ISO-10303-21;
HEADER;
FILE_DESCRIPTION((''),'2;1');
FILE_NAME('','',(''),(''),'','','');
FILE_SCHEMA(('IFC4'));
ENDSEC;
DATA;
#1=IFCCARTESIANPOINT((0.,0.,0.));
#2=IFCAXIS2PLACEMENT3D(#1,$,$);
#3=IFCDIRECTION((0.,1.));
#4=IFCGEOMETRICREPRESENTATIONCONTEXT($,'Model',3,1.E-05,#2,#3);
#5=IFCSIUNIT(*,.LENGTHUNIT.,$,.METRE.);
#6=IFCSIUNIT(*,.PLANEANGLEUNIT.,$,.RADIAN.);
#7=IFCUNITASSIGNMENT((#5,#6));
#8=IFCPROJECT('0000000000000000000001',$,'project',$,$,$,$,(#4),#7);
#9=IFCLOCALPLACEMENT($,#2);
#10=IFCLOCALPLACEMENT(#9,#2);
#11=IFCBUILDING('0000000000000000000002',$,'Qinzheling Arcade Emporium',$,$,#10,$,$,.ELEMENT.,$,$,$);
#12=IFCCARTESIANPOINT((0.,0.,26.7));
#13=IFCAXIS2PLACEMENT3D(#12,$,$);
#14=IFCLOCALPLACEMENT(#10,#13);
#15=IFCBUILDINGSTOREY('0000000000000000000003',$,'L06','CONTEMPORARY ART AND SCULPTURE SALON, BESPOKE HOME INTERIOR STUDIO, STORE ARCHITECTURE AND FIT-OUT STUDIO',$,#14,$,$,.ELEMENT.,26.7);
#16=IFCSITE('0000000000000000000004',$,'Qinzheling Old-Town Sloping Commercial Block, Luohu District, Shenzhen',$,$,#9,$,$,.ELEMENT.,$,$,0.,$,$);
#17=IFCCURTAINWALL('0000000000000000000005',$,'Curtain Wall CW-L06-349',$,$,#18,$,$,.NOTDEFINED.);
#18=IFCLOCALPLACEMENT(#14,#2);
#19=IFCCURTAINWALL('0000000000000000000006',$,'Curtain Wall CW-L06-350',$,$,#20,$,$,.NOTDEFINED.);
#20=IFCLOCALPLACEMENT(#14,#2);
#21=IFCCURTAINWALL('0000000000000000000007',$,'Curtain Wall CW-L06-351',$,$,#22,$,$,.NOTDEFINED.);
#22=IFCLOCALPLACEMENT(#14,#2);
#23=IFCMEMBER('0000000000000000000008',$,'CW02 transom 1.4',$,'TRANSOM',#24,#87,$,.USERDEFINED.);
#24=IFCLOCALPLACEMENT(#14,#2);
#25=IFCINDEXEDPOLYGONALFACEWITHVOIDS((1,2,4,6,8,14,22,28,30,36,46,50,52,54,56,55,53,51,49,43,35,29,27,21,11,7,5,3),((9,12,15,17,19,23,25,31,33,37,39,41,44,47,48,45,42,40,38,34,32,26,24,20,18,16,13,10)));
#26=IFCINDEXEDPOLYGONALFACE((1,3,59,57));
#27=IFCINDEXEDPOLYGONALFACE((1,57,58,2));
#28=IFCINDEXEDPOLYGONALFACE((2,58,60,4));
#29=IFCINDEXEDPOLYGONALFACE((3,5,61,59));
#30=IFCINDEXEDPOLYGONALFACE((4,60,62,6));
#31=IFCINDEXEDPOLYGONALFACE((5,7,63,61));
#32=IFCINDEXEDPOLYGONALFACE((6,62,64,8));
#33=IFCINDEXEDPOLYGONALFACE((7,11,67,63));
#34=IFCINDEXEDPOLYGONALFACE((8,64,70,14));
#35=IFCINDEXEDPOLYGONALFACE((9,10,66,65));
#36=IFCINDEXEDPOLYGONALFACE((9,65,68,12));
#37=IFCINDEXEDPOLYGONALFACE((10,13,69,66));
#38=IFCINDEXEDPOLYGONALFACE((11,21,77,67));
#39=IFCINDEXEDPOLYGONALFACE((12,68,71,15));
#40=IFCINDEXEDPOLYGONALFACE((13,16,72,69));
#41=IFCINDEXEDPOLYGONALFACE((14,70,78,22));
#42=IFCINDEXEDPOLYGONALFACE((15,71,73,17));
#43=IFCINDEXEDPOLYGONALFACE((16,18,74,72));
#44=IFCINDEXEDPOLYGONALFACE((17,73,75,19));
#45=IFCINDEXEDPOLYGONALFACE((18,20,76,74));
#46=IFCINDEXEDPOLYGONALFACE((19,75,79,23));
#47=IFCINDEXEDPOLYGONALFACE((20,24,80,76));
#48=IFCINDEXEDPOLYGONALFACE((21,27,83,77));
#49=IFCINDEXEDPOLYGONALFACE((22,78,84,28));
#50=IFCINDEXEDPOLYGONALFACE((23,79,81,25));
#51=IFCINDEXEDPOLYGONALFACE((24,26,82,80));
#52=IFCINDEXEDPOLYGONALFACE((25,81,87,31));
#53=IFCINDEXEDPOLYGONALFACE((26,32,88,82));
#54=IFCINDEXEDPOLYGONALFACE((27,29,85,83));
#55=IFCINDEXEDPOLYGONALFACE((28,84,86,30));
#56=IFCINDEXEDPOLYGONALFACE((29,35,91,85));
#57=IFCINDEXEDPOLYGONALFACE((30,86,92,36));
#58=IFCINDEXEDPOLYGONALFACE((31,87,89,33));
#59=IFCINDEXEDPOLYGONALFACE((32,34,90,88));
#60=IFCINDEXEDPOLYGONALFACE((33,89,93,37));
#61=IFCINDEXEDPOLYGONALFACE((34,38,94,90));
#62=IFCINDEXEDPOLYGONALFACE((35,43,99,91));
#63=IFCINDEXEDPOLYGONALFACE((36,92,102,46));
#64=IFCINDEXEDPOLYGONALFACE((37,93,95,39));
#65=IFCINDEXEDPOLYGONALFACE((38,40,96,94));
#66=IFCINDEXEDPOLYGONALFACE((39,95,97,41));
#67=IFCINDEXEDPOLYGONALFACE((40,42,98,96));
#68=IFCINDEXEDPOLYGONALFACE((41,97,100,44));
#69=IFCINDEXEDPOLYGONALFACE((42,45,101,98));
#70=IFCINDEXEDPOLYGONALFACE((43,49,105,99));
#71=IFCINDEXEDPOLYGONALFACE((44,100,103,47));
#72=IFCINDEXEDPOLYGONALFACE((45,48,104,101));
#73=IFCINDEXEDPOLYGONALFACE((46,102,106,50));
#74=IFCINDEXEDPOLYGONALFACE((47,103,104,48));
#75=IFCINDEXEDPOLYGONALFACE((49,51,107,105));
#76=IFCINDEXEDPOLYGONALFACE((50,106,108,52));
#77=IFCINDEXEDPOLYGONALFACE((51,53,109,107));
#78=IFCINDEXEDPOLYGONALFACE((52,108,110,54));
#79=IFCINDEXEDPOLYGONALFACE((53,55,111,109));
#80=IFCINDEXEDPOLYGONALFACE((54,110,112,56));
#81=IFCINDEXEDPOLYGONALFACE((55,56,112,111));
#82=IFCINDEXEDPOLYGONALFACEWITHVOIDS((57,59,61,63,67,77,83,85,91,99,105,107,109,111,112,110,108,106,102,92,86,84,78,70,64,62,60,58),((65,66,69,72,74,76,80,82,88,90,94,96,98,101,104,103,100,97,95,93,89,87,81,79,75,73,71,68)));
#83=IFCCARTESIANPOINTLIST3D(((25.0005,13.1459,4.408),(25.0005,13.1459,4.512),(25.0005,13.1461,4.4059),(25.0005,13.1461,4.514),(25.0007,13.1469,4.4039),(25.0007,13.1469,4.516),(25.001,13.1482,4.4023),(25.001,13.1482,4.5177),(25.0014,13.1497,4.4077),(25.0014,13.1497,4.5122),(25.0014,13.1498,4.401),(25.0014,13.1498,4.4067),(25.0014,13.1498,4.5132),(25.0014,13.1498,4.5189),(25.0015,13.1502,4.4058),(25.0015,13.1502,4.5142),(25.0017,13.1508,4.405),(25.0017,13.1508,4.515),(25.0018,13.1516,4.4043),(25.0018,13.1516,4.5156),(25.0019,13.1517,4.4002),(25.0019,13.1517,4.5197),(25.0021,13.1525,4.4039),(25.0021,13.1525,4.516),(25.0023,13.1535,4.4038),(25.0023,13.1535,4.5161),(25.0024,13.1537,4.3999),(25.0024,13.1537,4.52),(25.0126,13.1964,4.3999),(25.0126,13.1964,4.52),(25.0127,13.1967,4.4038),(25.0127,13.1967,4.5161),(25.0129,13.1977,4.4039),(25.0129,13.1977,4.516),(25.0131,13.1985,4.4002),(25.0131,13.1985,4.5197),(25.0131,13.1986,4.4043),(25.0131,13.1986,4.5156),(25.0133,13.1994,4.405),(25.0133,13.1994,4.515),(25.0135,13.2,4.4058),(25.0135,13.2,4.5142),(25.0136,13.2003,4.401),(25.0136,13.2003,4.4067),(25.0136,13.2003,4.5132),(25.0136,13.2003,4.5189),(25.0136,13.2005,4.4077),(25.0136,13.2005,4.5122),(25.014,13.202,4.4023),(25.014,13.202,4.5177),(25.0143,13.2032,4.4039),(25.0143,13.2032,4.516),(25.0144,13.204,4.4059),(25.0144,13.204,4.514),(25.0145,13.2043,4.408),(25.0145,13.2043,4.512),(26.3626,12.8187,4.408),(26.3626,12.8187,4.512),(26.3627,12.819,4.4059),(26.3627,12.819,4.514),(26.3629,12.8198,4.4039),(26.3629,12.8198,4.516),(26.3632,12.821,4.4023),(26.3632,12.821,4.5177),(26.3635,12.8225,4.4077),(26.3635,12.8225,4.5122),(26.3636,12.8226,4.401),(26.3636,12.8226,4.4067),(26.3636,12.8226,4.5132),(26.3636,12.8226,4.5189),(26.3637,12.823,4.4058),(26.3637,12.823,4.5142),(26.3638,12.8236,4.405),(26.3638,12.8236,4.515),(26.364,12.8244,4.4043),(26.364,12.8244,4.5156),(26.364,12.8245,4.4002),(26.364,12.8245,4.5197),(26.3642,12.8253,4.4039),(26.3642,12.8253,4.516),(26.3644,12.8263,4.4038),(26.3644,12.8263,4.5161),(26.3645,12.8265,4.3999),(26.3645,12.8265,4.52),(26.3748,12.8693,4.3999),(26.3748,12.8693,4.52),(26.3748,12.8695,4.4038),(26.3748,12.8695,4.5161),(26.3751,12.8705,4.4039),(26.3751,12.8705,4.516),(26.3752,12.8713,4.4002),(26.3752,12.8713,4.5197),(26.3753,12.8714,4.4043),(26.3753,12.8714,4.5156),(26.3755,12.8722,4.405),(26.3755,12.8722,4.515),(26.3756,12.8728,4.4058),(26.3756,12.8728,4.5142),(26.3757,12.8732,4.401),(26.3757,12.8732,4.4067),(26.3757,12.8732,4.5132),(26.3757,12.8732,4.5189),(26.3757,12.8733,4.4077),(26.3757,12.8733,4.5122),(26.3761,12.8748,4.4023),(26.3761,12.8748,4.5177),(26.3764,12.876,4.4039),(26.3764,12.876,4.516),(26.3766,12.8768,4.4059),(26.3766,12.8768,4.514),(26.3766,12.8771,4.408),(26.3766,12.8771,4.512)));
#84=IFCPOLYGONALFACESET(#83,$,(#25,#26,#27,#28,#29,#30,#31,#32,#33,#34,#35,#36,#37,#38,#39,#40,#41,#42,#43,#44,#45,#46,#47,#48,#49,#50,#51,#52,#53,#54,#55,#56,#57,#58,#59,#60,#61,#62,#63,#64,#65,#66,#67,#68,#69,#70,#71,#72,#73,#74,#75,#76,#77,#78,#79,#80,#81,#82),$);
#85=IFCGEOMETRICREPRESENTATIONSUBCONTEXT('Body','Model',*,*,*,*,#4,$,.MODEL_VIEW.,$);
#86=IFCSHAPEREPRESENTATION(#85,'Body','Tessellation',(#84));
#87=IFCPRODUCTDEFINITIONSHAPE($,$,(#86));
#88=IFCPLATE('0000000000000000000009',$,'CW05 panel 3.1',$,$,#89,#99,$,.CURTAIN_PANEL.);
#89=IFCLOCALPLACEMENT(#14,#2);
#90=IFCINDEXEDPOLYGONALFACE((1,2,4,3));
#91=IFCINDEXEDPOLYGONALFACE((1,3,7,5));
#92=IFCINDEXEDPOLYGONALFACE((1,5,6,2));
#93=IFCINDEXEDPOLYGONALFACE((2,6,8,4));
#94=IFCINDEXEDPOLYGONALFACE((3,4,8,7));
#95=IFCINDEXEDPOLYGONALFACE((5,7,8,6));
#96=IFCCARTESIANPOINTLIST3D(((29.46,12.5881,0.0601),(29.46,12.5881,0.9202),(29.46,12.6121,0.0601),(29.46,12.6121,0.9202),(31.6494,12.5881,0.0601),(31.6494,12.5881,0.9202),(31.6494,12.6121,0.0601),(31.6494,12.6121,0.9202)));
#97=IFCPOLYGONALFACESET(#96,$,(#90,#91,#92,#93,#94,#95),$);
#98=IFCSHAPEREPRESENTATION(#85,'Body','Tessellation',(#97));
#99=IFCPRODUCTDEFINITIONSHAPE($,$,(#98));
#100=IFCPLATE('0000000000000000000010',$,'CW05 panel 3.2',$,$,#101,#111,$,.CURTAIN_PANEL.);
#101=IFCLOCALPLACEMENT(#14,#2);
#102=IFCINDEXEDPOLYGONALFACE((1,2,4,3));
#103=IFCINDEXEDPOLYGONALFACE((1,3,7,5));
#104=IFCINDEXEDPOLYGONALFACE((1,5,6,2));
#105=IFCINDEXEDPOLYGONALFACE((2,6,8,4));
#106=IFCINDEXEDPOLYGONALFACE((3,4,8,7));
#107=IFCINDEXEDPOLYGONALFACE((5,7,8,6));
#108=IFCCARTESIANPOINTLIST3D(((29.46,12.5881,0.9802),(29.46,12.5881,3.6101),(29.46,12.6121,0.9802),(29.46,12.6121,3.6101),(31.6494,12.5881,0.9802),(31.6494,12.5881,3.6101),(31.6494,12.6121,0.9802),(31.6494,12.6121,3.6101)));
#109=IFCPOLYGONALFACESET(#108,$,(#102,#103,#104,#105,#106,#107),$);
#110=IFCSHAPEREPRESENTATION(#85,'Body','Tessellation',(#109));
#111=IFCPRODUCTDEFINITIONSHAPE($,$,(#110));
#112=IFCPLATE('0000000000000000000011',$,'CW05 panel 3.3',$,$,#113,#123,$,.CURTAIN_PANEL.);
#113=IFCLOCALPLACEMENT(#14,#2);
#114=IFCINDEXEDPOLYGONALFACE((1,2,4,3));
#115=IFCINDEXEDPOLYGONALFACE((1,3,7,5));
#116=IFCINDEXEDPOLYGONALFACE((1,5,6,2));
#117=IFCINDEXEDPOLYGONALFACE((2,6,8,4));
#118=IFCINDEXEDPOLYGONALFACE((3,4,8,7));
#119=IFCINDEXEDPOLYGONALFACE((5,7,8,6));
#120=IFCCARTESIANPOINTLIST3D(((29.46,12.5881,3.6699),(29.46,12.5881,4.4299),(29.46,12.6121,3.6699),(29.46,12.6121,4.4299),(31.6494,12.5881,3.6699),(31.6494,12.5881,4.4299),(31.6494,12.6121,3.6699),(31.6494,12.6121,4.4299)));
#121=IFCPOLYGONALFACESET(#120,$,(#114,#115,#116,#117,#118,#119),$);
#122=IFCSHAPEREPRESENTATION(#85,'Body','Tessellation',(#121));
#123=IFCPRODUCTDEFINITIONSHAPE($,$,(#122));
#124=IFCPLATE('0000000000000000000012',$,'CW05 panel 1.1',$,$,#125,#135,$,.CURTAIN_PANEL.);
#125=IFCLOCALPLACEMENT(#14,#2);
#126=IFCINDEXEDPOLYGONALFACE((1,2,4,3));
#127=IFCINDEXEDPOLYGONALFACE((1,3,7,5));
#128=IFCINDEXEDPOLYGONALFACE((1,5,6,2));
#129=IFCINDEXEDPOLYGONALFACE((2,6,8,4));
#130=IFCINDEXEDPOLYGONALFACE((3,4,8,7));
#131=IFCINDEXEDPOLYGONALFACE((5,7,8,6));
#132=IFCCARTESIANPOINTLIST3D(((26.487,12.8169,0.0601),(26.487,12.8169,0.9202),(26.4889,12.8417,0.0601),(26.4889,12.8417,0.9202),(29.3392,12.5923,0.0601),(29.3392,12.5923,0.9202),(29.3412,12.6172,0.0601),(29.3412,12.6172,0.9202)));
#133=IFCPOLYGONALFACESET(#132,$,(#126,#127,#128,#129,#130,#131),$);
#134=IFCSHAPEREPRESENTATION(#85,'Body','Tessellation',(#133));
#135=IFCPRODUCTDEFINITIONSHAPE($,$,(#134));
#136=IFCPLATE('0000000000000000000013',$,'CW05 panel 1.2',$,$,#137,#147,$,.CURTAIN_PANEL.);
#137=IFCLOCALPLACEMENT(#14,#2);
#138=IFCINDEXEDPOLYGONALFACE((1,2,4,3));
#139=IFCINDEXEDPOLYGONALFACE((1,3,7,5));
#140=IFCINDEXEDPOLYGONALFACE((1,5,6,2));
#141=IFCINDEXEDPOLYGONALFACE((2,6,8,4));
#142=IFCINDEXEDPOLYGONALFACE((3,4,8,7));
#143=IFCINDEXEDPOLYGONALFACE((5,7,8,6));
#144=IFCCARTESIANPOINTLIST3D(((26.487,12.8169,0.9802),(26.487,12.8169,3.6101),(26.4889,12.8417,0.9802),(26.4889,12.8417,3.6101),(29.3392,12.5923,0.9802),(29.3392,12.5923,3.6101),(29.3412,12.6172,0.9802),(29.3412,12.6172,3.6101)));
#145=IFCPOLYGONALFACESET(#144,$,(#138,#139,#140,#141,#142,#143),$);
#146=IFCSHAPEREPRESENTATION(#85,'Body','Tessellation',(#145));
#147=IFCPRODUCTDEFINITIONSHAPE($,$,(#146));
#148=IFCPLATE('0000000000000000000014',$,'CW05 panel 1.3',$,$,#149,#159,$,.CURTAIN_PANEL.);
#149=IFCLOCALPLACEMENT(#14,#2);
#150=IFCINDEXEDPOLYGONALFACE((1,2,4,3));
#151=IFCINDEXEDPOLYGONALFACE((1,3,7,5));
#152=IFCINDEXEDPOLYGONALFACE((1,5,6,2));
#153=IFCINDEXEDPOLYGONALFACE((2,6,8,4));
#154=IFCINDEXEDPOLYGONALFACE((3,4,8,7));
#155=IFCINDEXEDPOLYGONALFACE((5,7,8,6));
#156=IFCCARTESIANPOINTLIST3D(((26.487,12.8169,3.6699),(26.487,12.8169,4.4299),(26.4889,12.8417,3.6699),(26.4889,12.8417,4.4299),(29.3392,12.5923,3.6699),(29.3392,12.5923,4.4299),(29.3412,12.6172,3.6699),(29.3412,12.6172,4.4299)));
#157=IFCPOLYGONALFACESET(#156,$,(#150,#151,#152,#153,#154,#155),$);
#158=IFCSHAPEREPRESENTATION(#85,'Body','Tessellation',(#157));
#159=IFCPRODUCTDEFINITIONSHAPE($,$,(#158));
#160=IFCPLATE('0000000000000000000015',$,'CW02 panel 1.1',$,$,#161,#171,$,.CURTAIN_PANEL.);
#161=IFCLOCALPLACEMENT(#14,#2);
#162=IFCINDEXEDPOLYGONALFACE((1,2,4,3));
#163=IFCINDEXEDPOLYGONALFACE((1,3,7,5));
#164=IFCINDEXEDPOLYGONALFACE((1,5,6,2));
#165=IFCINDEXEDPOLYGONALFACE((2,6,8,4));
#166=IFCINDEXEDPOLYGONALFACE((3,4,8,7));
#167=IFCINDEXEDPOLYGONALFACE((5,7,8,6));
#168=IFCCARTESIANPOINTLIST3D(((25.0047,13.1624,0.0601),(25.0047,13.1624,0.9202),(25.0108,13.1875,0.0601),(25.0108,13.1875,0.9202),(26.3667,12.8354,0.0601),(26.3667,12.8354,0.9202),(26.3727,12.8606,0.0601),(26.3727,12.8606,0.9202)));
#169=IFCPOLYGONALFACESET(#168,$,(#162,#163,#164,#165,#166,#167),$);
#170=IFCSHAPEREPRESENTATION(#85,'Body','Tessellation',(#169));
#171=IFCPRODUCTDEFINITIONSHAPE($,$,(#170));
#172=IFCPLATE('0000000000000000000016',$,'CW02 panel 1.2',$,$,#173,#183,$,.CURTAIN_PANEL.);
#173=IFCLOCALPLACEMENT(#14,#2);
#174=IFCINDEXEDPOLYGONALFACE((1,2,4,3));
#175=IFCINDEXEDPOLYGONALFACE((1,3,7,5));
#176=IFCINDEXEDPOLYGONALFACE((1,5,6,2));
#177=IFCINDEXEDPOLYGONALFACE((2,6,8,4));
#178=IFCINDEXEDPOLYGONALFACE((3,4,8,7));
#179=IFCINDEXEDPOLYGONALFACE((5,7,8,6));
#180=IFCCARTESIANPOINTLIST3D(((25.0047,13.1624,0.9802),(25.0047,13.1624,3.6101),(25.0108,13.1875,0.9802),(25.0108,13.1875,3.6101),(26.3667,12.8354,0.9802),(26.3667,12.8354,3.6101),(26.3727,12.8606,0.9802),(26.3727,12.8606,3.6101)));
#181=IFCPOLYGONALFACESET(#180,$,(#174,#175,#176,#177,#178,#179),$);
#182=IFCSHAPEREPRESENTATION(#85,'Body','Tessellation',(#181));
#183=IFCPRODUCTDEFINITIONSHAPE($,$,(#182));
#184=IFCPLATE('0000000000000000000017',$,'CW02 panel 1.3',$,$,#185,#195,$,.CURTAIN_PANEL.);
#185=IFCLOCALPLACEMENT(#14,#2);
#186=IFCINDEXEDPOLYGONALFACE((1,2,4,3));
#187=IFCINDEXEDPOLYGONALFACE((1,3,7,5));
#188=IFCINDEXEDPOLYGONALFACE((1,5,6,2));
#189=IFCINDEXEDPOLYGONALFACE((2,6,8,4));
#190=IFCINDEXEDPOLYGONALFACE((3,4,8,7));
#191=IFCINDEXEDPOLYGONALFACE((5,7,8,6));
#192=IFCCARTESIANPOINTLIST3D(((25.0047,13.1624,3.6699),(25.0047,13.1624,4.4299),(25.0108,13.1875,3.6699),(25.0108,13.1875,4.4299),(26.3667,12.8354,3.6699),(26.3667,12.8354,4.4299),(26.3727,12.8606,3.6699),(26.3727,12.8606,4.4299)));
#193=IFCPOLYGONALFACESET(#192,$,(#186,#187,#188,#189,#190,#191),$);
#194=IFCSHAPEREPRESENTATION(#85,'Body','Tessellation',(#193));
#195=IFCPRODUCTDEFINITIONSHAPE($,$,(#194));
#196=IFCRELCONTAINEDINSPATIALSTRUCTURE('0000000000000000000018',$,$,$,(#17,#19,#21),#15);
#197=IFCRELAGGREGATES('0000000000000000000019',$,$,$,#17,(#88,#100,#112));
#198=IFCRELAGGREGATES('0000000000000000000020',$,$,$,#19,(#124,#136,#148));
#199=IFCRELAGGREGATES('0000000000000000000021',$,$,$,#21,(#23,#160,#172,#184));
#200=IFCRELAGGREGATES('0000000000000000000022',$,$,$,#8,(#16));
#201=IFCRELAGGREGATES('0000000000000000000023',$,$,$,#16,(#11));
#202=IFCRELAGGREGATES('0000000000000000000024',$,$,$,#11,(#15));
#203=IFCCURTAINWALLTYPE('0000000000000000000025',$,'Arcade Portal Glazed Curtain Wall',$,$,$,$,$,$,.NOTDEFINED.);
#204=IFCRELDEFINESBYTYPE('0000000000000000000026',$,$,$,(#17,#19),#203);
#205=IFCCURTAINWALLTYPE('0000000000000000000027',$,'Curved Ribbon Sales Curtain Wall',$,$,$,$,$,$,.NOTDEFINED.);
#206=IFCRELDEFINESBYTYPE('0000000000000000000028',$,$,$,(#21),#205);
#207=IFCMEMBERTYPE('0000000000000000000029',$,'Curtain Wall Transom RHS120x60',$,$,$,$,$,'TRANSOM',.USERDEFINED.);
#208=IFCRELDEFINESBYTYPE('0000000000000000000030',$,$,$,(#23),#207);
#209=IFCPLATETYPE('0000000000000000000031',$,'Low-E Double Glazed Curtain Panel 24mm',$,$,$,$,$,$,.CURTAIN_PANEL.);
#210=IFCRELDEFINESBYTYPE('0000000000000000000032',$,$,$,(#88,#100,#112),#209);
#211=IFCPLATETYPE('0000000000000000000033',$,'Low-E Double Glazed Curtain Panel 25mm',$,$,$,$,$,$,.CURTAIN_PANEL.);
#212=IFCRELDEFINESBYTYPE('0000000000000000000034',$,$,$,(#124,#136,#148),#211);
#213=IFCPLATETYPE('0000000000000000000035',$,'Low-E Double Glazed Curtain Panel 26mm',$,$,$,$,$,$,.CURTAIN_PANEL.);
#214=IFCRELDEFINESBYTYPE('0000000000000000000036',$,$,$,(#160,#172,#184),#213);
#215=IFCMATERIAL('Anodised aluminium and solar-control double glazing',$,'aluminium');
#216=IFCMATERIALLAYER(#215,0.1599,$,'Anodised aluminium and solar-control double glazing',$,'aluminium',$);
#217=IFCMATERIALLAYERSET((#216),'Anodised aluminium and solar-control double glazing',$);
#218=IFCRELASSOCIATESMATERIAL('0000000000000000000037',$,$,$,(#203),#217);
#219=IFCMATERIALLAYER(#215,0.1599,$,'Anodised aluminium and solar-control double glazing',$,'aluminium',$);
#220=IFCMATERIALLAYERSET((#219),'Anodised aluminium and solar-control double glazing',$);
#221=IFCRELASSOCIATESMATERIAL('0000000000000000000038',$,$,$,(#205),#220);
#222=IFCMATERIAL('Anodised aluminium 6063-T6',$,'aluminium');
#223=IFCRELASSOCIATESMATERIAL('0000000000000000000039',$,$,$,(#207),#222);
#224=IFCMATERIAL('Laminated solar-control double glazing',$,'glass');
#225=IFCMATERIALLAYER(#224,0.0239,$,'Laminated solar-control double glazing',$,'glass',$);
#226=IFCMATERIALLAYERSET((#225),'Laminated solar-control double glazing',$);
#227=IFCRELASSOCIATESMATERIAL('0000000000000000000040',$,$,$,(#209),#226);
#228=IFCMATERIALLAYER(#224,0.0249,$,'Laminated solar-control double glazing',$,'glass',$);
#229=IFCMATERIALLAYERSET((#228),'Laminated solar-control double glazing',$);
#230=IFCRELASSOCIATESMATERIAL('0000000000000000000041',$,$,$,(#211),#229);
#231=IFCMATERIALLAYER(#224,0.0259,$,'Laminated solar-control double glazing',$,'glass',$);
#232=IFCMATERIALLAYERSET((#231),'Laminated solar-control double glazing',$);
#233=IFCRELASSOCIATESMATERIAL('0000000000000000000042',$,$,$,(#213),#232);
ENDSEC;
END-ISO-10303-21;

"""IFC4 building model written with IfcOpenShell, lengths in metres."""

from ifc_helpers import new_model, si_unit, direction, frame, origin, origin_2d, place, context, subcontext, project, spatial, rectangle, hollow_rectangle, extrude, material, layer, layer_set, material_profile, profile_set, type_object, element, aggregate, save


model = new_model("IFC4")

# Units and contexts
model_context = context("Model", 3, precision=1e-05, world=origin(), true_north=direction((0.0, 1.0)))
body_context = subcontext(model_context, "Body", "Model", "MODEL_VIEW")
ifc_project = project(units=[si_unit("LENGTHUNIT", "METRE"), si_unit("PLANEANGLEUNIT", "RADIAN")], contexts=[model_context])

# Site, building, storey
site_placement = place(None, origin())
site = spatial("IfcSite", under=ifc_project, at=site_placement, Name="Qinzheling Old-Town Sloping Commercial Block, Luohu District, Shenzhen", CompositionType="ELEMENT", RefElevation=0.0)
building_placement = place(site_placement, origin())
building = spatial("IfcBuilding", under=site, at=building_placement, Name="Qinzheling Arcade Emporium", CompositionType="ELEMENT")
storey_placement = place(building_placement, frame((0.0, 0.0, 26.7)))
storey = spatial("IfcBuildingStorey", under=building, at=storey_placement, Name="L06", Description="CONTEMPORARY ART AND SCULPTURE SALON, BESPOKE HOME INTERIOR STUDIO, STORE ARCHITECTURE AND FIT-OUT STUDIO", CompositionType="ELEMENT", Elevation=26.7)

# Curtain walls
ifc_material_1 = material(Name="Anodised aluminium and solar-control double glazing", Category="aluminium")
ifc_layer_1 = layer(ifc_material_1, 0.1599, Name="Anodised aluminium and solar-control double glazing", Category="aluminium")
ifc_layer_set_1 = layer_set([ifc_layer_1], Name="Anodised aluminium and solar-control double glazing")
curtain_wall_type_1 = type_object("IfcCurtainWallType", Name="Arcade Portal Glazed Curtain Wall", PredefinedType="NOTDEFINED", material=ifc_layer_set_1)
curtain_wall_1_placement = place(storey_placement, origin())
curtain_wall_1 = element("IfcCurtainWall", 1, at=curtain_wall_1_placement, inside=storey, type_object=curtain_wall_type_1, Name="Curtain Wall CW-L06-349", PredefinedType="NOTDEFINED")
ifc_material_2 = material(Name="Anodised aluminium 6063-T6", Category="aluminium")
curtain_wall_2_placement = place(storey_placement, origin())
curtain_wall_2 = element("IfcCurtainWall", 2, at=curtain_wall_2_placement, inside=storey, type_object=curtain_wall_type_1, Name="Curtain Wall CW-L06-350", PredefinedType="NOTDEFINED")

# Curtain wall
ifc_layer_2 = layer(ifc_material_1, 0.1599, Name="Anodised aluminium and solar-control double glazing", Category="aluminium")
ifc_layer_set_2 = layer_set([ifc_layer_2], Name="Anodised aluminium and solar-control double glazing")
curtain_wall_type_2 = type_object("IfcCurtainWallType", Name="Curved Ribbon Sales Curtain Wall", PredefinedType="NOTDEFINED", material=ifc_layer_set_2)
curtain_wall_3_placement = place(storey_placement, origin())
curtain_wall_3 = element("IfcCurtainWall", 3, at=curtain_wall_3_placement, inside=storey, type_object=curtain_wall_type_2, Name="Curtain Wall CW-L06-351", PredefinedType="NOTDEFINED")

# Member
ifc_material_profile_1 = material_profile(ifc_material_2, hollow_rectangle(XDim=0.0601, YDim=0.1201, WallThickness=0.0039, InnerFilletRadius=0.0039, OuterFilletRadius=0.0081, at=origin_2d()), Name="RHS 120x60x4", Category="aluminium")
ifc_profile_set_1 = profile_set([ifc_material_profile_1], Name="Anodised aluminium 6063-T6")
member_type_1 = type_object("IfcMemberType", Name="Curtain Wall Transom RHS120x60", ElementType="TRANSOM", PredefinedType="USERDEFINED", material=ifc_profile_set_1)
member_1_placement = place(storey_placement, frame((26.3696, 12.8479, 4.46), z_axis=(-0.972346, 0.233544, 0.0), x_axis=(-0.233544, -0.972346, 0.0)))
member_1 = element("IfcMember", 4, at=member_1_placement, type_object=member_type_1, Name="CW02 transom 1.4", ObjectType="TRANSOM", PredefinedType="USERDEFINED", context=body_context, shape_type="SweptSolid", body=[
    extrude(hollow_rectangle(XDim=0.0601, YDim=0.1201, WallThickness=0.0039, InnerFilletRadius=0.0039, OuterFilletRadius=0.0081, at=origin_2d()), origin(), (0.0, 0.0, 1.0), 1.4009),
])

# Plates
ifc_material_3 = material(Name="Laminated solar-control double glazing", Category="glass")
ifc_layer_3 = layer(ifc_material_3, 0.0239, Name="Laminated solar-control double glazing", Category="glass")
ifc_layer_set_3 = layer_set([ifc_layer_3], Name="Laminated solar-control double glazing")
plate_type_1 = type_object("IfcPlateType", Name="Low-E Double Glazed Curtain Panel 24mm", PredefinedType="CURTAIN_PANEL", material=ifc_layer_set_3)
plate_1_placement = place(storey_placement, frame((30.5547, 12.6001, 0.0601), z_axis=(0.0, 0.0, 1.0), x_axis=(-1.0, 0.0, 0.0)))
plate_1 = element("IfcPlate", 5, at=plate_1_placement, type_object=plate_type_1, Name="CW05 panel 3.1", PredefinedType="CURTAIN_PANEL", context=body_context, shape_type="SweptSolid", body=[
    extrude(rectangle(XDim=2.1895, YDim=0.0239, at=origin_2d()), origin(), (0.0, 0.0, 1.0), 0.8601),
])
plate_2_placement = place(storey_placement, frame((30.5547, 12.6001, 0.9802), z_axis=(0.0, 0.0, 1.0), x_axis=(-1.0, 0.0, 0.0)))
plate_2 = element("IfcPlate", 6, at=plate_2_placement, type_object=plate_type_1, Name="CW05 panel 3.2", PredefinedType="CURTAIN_PANEL", context=body_context, shape_type="SweptSolid", body=[
    extrude(rectangle(XDim=2.1895, YDim=0.0239, at=origin_2d()), origin(), (0.0, 0.0, 1.0), 2.6299),
])
plate_3_placement = place(storey_placement, frame((30.5547, 12.6001, 3.6699), z_axis=(0.0, 0.0, 1.0), x_axis=(-1.0, 0.0, 0.0)))
plate_3 = element("IfcPlate", 7, at=plate_3_placement, type_object=plate_type_1, Name="CW05 panel 3.3", PredefinedType="CURTAIN_PANEL", context=body_context, shape_type="SweptSolid", body=[
    extrude(rectangle(XDim=2.1895, YDim=0.0239, at=origin_2d()), origin(), (0.0, 0.0, 1.0), 0.76),
])
aggregate(curtain_wall_1, [plate_1, plate_2, plate_3])
ifc_layer_4 = layer(ifc_material_3, 0.0249, Name="Laminated solar-control double glazing", Category="glass")
ifc_layer_set_4 = layer_set([ifc_layer_4], Name="Laminated solar-control double glazing")
plate_type_2 = type_object("IfcPlateType", Name="Low-E Double Glazed Curtain Panel 25mm", PredefinedType="CURTAIN_PANEL", material=ifc_layer_set_4)
plate_4_placement = place(storey_placement, frame((27.9141, 12.717, 0.0601), z_axis=(0.0, 0.0, 1.0), x_axis=(-0.996915, 0.078492, 0.0)))
plate_4 = element("IfcPlate", 8, at=plate_4_placement, type_object=plate_type_2, Name="CW05 panel 1.1", PredefinedType="CURTAIN_PANEL", context=body_context, shape_type="SweptSolid", body=[
    extrude(rectangle(XDim=2.8611, YDim=0.0249, at=origin_2d()), origin(), (0.0, 0.0, 1.0), 0.8601),
])
plate_5_placement = place(storey_placement, frame((27.9141, 12.717, 0.9802), z_axis=(0.0, 0.0, 1.0), x_axis=(-0.996915, 0.078492, 0.0)))
plate_5 = element("IfcPlate", 9, at=plate_5_placement, type_object=plate_type_2, Name="CW05 panel 1.2", PredefinedType="CURTAIN_PANEL", context=body_context, shape_type="SweptSolid", body=[
    extrude(rectangle(XDim=2.8611, YDim=0.0249, at=origin_2d()), origin(), (0.0, 0.0, 1.0), 2.6299),
])
plate_6_placement = place(storey_placement, frame((27.9141, 12.717, 3.6699), z_axis=(0.0, 0.0, 1.0), x_axis=(-0.996915, 0.078492, 0.0)))
plate_6 = element("IfcPlate", 10, at=plate_6_placement, type_object=plate_type_2, Name="CW05 panel 1.3", PredefinedType="CURTAIN_PANEL", context=body_context, shape_type="SweptSolid", body=[
    extrude(rectangle(XDim=2.8611, YDim=0.0249, at=origin_2d()), origin(), (0.0, 0.0, 1.0), 0.76),
])
aggregate(curtain_wall_2, [plate_4, plate_5, plate_6])
ifc_layer_5 = layer(ifc_material_3, 0.0259, Name="Laminated solar-control double glazing", Category="glass")
ifc_layer_set_5 = layer_set([ifc_layer_5], Name="Laminated solar-control double glazing")
plate_type_3 = type_object("IfcPlateType", Name="Low-E Double Glazed Curtain Panel 26mm", PredefinedType="CURTAIN_PANEL", material=ifc_layer_set_5)
plate_7_placement = place(storey_placement, frame((25.6887, 13.0115, 0.0601), z_axis=(0.0, 0.0, 1.0), x_axis=(-0.972369, 0.233449, 0.0)))
plate_7 = element("IfcPlate", 11, at=plate_7_placement, type_object=plate_type_3, Name="CW02 panel 1.1", PredefinedType="CURTAIN_PANEL", context=body_context, shape_type="SweptSolid", body=[
    extrude(rectangle(XDim=1.4006, YDim=0.0259, at=origin_2d()), origin(), (0.0, 0.0, 1.0), 0.8601),
])
plate_8_placement = place(storey_placement, frame((25.6887, 13.0115, 0.9802), z_axis=(0.0, 0.0, 1.0), x_axis=(-0.972369, 0.233449, 0.0)))
plate_8 = element("IfcPlate", 12, at=plate_8_placement, type_object=plate_type_3, Name="CW02 panel 1.2", PredefinedType="CURTAIN_PANEL", context=body_context, shape_type="SweptSolid", body=[
    extrude(rectangle(XDim=1.4006, YDim=0.0259, at=origin_2d()), origin(), (0.0, 0.0, 1.0), 2.6299),
])
plate_9_placement = place(storey_placement, frame((25.6887, 13.0115, 3.6699), z_axis=(0.0, 0.0, 1.0), x_axis=(-0.972369, 0.233449, 0.0)))
plate_9 = element("IfcPlate", 13, at=plate_9_placement, type_object=plate_type_3, Name="CW02 panel 1.3", PredefinedType="CURTAIN_PANEL", context=body_context, shape_type="SweptSolid", body=[
    extrude(rectangle(XDim=1.4006, YDim=0.0259, at=origin_2d()), origin(), (0.0, 0.0, 1.0), 0.76),
])
aggregate(curtain_wall_3, [member_1, plate_7, plate_8, plate_9])

save(model, "model.ifc")
